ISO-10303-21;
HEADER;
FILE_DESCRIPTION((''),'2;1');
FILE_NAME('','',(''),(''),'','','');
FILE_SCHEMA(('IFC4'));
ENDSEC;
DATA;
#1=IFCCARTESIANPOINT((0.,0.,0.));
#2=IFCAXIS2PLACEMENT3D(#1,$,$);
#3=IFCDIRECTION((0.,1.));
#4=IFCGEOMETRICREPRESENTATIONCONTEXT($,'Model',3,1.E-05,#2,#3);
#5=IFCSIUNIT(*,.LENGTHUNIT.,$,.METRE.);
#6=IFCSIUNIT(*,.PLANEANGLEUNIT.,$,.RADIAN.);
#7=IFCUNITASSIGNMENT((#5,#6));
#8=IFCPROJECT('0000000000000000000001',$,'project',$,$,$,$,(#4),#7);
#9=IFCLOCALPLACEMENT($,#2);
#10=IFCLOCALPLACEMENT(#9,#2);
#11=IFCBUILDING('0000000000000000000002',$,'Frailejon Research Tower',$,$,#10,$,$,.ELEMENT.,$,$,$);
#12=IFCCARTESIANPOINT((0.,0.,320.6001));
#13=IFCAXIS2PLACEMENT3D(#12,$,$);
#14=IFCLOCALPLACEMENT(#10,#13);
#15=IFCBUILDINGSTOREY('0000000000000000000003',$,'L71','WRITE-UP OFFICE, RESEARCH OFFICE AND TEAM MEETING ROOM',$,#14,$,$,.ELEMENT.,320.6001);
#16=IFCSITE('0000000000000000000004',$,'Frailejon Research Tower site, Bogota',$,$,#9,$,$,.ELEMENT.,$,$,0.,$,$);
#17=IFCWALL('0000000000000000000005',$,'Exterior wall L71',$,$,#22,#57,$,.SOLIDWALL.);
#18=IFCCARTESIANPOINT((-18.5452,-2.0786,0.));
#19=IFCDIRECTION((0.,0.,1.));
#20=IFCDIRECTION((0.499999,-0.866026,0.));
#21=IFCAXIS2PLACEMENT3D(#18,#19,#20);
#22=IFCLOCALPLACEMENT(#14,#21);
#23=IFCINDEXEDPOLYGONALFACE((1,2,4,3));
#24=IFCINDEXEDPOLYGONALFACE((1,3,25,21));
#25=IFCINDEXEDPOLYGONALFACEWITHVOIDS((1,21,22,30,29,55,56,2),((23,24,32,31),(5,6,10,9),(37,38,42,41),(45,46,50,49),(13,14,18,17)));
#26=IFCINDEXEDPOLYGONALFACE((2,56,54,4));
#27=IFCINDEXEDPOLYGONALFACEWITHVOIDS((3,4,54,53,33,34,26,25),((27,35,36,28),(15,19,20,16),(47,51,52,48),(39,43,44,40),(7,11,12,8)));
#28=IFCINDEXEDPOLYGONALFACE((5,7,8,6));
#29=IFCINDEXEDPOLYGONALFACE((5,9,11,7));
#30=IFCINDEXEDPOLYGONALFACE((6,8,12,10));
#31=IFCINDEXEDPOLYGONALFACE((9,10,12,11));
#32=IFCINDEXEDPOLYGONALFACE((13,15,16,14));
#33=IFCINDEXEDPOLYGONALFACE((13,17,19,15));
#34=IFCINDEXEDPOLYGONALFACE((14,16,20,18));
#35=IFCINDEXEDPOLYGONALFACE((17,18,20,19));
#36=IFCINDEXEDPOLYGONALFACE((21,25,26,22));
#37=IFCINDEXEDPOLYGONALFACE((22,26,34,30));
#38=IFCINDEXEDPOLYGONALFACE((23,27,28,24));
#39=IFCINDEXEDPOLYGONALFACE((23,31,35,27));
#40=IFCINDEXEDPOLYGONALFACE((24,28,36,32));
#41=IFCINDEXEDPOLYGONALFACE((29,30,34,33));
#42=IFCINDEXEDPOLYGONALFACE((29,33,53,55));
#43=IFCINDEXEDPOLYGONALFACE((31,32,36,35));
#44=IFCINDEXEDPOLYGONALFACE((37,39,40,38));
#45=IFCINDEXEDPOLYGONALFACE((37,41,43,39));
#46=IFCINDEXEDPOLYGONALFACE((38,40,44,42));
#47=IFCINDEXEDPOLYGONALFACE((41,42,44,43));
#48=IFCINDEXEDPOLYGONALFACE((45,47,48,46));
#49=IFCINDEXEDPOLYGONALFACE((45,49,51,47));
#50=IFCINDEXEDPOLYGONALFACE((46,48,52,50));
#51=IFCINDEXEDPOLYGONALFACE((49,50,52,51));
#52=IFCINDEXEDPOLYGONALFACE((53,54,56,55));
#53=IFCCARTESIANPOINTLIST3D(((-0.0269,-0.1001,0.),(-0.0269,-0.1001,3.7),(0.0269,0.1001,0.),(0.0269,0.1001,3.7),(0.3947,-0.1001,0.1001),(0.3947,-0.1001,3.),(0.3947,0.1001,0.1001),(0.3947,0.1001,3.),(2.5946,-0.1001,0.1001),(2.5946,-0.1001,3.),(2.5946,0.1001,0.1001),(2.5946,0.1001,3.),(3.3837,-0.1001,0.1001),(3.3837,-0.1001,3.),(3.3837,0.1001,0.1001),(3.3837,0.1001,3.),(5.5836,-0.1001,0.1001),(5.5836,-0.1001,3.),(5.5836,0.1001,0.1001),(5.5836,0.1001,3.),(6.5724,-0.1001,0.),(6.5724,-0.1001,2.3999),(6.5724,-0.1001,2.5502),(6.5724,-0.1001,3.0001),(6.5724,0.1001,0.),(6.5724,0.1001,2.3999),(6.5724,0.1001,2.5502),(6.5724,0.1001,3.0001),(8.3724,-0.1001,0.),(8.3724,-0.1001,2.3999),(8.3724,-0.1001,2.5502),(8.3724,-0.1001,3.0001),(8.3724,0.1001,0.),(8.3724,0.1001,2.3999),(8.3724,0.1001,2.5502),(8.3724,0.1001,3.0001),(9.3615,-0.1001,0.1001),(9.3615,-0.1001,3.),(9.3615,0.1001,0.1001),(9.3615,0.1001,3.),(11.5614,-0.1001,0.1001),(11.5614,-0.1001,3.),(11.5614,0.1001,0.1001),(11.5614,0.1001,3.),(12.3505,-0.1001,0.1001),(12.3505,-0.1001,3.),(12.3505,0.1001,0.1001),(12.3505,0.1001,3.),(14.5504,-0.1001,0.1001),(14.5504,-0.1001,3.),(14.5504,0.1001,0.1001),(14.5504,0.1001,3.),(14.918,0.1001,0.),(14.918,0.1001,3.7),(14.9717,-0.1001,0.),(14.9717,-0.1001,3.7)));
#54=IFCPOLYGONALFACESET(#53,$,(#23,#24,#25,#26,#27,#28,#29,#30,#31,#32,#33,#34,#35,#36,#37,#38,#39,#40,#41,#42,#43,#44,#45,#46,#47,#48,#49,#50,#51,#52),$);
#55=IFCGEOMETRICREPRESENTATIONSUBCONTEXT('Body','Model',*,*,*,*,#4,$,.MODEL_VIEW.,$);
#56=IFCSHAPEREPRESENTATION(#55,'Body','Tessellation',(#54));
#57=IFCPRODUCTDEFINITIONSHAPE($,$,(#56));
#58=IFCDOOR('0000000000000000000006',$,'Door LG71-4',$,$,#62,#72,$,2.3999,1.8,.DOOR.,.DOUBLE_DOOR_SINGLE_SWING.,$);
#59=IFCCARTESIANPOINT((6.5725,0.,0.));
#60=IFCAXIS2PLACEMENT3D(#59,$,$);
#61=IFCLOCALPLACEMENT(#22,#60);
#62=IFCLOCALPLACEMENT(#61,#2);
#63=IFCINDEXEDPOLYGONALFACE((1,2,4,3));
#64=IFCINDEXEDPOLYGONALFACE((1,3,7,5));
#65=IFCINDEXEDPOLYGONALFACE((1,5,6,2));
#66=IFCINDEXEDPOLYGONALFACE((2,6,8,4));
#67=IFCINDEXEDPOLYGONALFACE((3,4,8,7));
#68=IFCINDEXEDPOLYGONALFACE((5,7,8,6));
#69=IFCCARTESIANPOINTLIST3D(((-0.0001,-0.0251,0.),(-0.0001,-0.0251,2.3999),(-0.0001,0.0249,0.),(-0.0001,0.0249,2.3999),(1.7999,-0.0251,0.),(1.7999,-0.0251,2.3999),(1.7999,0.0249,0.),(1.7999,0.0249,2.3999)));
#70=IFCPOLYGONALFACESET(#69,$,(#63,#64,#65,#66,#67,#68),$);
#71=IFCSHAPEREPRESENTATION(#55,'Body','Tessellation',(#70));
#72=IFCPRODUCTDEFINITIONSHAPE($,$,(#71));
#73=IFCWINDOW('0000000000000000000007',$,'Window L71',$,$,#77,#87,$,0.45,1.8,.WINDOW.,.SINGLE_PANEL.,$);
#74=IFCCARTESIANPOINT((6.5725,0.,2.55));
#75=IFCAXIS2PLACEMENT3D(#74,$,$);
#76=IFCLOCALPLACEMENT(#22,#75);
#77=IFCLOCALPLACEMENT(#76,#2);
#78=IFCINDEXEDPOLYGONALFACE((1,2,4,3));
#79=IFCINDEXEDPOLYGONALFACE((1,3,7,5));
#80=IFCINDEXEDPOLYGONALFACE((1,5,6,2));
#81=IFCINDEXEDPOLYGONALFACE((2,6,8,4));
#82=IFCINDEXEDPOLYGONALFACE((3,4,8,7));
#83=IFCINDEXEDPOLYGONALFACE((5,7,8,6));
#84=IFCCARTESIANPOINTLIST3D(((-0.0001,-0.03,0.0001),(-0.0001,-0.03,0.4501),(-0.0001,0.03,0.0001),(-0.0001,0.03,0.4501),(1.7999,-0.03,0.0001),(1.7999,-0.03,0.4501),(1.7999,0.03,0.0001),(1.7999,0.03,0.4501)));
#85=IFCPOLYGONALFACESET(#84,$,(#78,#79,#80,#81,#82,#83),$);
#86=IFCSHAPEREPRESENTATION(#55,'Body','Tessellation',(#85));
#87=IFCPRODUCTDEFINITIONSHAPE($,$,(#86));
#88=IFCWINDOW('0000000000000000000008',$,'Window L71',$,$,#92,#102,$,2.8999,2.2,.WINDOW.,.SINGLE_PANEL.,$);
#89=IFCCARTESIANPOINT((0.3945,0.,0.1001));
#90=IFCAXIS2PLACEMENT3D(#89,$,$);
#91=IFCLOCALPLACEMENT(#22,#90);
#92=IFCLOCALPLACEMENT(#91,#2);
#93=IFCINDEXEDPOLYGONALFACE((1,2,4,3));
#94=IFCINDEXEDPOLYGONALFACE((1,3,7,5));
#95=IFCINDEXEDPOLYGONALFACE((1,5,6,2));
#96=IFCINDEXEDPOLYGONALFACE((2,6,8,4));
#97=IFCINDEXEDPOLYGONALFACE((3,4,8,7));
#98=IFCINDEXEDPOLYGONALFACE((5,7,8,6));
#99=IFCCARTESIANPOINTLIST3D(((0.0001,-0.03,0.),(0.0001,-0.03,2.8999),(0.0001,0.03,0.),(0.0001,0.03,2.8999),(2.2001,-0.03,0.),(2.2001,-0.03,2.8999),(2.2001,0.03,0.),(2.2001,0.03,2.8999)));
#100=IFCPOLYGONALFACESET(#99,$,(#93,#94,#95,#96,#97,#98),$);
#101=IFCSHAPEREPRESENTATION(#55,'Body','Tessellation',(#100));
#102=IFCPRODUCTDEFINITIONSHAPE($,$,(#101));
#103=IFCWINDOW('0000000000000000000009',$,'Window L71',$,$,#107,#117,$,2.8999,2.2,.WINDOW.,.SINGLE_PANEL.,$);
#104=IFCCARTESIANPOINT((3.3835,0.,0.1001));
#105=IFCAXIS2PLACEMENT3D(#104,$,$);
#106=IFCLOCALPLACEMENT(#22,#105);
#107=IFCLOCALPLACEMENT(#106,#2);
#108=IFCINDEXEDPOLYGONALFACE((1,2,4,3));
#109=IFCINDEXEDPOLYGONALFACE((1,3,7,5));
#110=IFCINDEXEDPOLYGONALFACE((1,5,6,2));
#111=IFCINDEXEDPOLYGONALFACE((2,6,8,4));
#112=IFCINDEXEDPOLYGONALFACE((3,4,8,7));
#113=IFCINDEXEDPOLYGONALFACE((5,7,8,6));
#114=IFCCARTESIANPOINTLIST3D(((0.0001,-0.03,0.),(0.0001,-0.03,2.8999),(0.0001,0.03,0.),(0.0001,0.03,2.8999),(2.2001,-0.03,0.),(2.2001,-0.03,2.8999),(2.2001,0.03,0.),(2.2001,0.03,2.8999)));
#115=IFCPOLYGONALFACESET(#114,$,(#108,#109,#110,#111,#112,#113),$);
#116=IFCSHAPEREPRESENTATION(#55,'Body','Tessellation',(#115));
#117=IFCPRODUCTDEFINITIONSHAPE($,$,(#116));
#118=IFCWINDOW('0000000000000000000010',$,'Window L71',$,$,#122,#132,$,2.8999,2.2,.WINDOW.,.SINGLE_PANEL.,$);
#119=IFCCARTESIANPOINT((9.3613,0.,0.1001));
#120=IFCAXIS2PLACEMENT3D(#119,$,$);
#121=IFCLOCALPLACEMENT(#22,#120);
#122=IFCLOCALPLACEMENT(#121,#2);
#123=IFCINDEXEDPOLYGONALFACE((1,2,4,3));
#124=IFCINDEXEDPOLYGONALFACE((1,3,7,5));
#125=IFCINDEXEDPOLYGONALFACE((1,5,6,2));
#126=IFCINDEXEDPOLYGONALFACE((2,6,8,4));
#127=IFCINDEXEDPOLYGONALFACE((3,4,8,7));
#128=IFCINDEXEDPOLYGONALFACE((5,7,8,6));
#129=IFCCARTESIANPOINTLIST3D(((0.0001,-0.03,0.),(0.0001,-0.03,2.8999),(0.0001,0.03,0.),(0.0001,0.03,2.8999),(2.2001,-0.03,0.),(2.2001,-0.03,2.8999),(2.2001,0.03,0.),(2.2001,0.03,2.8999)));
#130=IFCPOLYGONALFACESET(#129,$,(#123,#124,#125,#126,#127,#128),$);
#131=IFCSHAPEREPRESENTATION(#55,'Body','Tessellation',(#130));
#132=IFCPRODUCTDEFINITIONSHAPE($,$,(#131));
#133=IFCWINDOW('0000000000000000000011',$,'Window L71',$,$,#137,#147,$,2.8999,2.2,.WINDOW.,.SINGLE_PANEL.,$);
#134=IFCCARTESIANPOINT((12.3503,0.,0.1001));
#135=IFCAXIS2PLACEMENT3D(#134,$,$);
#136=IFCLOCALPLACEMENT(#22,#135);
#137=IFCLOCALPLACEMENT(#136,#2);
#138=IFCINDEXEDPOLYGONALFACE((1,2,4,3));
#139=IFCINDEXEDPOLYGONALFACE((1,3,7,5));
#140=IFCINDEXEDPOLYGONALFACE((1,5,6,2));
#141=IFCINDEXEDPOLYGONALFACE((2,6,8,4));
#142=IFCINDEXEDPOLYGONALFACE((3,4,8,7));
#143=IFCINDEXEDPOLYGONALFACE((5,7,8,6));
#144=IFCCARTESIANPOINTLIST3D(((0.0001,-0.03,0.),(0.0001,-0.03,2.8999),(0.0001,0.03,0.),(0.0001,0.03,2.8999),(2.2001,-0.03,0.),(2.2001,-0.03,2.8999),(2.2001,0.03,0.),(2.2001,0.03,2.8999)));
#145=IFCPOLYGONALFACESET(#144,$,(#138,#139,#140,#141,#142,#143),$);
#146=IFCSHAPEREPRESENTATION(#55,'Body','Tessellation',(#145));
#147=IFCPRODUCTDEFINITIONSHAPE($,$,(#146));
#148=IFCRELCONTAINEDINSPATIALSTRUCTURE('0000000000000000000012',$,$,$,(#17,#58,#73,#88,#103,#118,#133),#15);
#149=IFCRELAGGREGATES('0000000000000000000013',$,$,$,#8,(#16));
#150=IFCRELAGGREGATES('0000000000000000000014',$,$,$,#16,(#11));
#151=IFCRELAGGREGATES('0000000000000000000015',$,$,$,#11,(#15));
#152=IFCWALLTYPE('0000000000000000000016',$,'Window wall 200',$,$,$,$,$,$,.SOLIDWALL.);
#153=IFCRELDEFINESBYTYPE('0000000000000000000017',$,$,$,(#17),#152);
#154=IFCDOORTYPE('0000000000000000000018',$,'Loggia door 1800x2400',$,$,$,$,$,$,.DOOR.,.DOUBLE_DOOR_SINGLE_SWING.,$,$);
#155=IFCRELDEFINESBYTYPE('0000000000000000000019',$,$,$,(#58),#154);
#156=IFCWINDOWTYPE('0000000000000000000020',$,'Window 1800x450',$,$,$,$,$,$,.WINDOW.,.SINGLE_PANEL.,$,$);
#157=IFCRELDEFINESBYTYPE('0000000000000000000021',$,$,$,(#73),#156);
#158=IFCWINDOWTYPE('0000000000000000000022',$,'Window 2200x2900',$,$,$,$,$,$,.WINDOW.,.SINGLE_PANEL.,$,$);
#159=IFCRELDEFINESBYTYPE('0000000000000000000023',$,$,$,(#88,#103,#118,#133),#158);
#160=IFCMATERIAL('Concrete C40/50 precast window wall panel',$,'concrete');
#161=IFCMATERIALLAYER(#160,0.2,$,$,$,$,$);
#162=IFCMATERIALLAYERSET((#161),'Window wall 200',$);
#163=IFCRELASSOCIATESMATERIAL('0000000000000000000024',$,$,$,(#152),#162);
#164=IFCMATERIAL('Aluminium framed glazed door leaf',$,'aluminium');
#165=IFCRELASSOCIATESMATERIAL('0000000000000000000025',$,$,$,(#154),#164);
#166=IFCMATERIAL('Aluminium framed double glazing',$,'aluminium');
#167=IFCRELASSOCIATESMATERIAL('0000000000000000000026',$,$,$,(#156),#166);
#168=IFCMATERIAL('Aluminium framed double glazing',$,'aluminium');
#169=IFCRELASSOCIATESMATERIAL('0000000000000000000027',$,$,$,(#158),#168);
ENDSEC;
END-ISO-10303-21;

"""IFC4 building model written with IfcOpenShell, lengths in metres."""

from ifc_helpers import new_model, si_unit, direction, frame, frame_2d, origin, place, context, subcontext, project, spatial, polyline, rectangle, outline, extrude, material, layer, layer_set, type_object, element, fill, save


model = new_model("IFC4")

# Units and contexts
model_context = context("Model", 3, precision=1e-05, world=origin(), true_north=direction((0.0, 1.0)))
body_context = subcontext(model_context, "Body", "Model", "MODEL_VIEW")
ifc_project = project(units=[si_unit("LENGTHUNIT", "METRE"), si_unit("PLANEANGLEUNIT", "RADIAN")], contexts=[model_context])

# Site, building, storey
site_placement = place(None, origin())
site = spatial("IfcSite", under=ifc_project, at=site_placement, Name="Frailejon Research Tower site, Bogota", CompositionType="ELEMENT", RefElevation=0.0)
building_placement = place(site_placement, origin())
building = spatial("IfcBuilding", under=site, at=building_placement, Name="Frailejon Research Tower", CompositionType="ELEMENT")
storey_placement = place(building_placement, frame((0.0, 0.0, 320.6001)))
storey = spatial("IfcBuildingStorey", under=building, at=storey_placement, Name="L71", Description="WRITE-UP OFFICE, RESEARCH OFFICE AND TEAM MEETING ROOM", CompositionType="ELEMENT", Elevation=320.6001)

# Wall, openings, door, windows
ifc_material_1 = material(Name="Concrete C40/50 precast window wall panel", Category="concrete")
ifc_layer_1 = layer(ifc_material_1, 0.2)
ifc_layer_set_1 = layer_set([ifc_layer_1], Name="Window wall 200")
wall_type = type_object("IfcWallType", Name="Window wall 200", PredefinedType="SOLIDWALL", material=ifc_layer_set_1)
wall_placement = place(storey_placement, frame((-18.5452, -2.0786, 0.0), z_axis=(0.0, 0.0, 1.0), x_axis=(0.499999, -0.866026, 0.0)))
wall = element("IfcWall", 1, at=wall_placement, inside=storey, type_object=wall_type, Name="Exterior wall L71", PredefinedType="SOLIDWALL", context=body_context, shape_type="SweptSolid", body=[
    extrude(outline(polyline([(-0.0269, -0.1001), (1.0444, -0.1001), (2.1157, -0.1001), (3.187, -0.1001), (4.2585, -0.1001), (5.3298, -0.1001), (6.4011, -0.1001), (7.4724, -0.1001), (8.5437, -0.1001), (9.615, -0.1001), (10.6863, -0.1001), (11.7578, -0.1001), (12.8291, -0.1001), (13.9004, -0.1001), (14.9717, -0.1001), (14.918, 0.1001), (13.8542, 0.1001), (12.7908, 0.1001), (11.7271, 0.1001), (10.6633, 0.1001), (9.5996, 0.1001), (8.5361, 0.1001), (7.4724, 0.1001), (6.4087, 0.1001), (5.3452, 0.1001), (4.2815, 0.1001), (3.2178, 0.1001), (2.1541, 0.1001), (1.0906, 0.1001), (0.0269, 0.1001), (-0.0269, -0.1001)])), origin(), (0.0, 0.0, 1.0), 3.7),
])
opening_1_placement = place(wall_placement, frame((0.3945, 0.0, 0.1001)))
opening_1 = element("IfcOpeningElement", 2, at=opening_1_placement, cuts=wall, PredefinedType="OPENING", context=body_context, shape_type="SweptSolid", body=[
    extrude(rectangle(XDim=2.2, YDim=2.8999, at=frame_2d((1.1001, 1.45))), frame((0.0, 0.1099, 0.0), z_axis=(0.0, -1.0, 0.0), x_axis=(1.0, 0.0, 0.0)), (0.0, 0.0, 1.0), 0.22),
])
opening_2_placement = place(wall_placement, frame((3.3835, 0.0, 0.1001)))
opening_2 = element("IfcOpeningElement", 3, at=opening_2_placement, cuts=wall, PredefinedType="OPENING", context=body_context, shape_type="SweptSolid", body=[
    extrude(rectangle(XDim=2.2, YDim=2.8999, at=frame_2d((1.1001, 1.45))), frame((0.0, 0.1099, 0.0), z_axis=(0.0, -1.0, 0.0), x_axis=(1.0, 0.0, 0.0)), (0.0, 0.0, 1.0), 0.22),
])
opening_3_placement = place(wall_placement, frame((6.5725, 0.0, 0.0)))
opening_3 = element("IfcOpeningElement", 4, at=opening_3_placement, cuts=wall, PredefinedType="OPENING", context=body_context, shape_type="SweptSolid", body=[
    extrude(rectangle(XDim=1.8, YDim=2.3999, at=frame_2d((0.8999, 1.2))), frame((0.0, 0.1099, 0.0), z_axis=(0.0, -1.0, 0.0), x_axis=(1.0, 0.0, 0.0)), (0.0, 0.0, 1.0), 0.22),
])
opening_4_placement = place(wall_placement, frame((6.5725, 0.0, 2.55)))
opening_4 = element("IfcOpeningElement", 5, at=opening_4_placement, cuts=wall, PredefinedType="OPENING", context=body_context, shape_type="SweptSolid", body=[
    extrude(rectangle(XDim=1.8, YDim=0.45, at=frame_2d((0.8999, 0.2251))), frame((0.0, 0.1099, 0.0), z_axis=(0.0, -1.0, 0.0), x_axis=(1.0, 0.0, 0.0)), (0.0, 0.0, 1.0), 0.22),
])
opening_5_placement = place(wall_placement, frame((9.3613, 0.0, 0.1001)))
opening_5 = element("IfcOpeningElement", 6, at=opening_5_placement, cuts=wall, PredefinedType="OPENING", context=body_context, shape_type="SweptSolid", body=[
    extrude(rectangle(XDim=2.2, YDim=2.8999, at=frame_2d((1.1001, 1.45))), frame((0.0, 0.1099, 0.0), z_axis=(0.0, -1.0, 0.0), x_axis=(1.0, 0.0, 0.0)), (0.0, 0.0, 1.0), 0.22),
])
opening_6_placement = place(wall_placement, frame((12.3503, 0.0, 0.1001)))
opening_6 = element("IfcOpeningElement", 7, at=opening_6_placement, cuts=wall, PredefinedType="OPENING", context=body_context, shape_type="SweptSolid", body=[
    extrude(rectangle(XDim=2.2, YDim=2.8999, at=frame_2d((1.1001, 1.45))), frame((0.0, 0.1099, 0.0), z_axis=(0.0, -1.0, 0.0), x_axis=(1.0, 0.0, 0.0)), (0.0, 0.0, 1.0), 0.22),
])
ifc_material_2 = material(Name="Aluminium framed glazed door leaf", Category="aluminium")
door_type = type_object("IfcDoorType", Name="Loggia door 1800x2400", OperationType="DOUBLE_DOOR_SINGLE_SWING", PredefinedType="DOOR", material=ifc_material_2)
door_placement = place(opening_3_placement, origin())
door = element("IfcDoor", 8, at=door_placement, inside=storey, type_object=door_type, Name="Door LG71-4", OperationType="DOUBLE_DOOR_SINGLE_SWING", OverallHeight=2.3999, OverallWidth=1.8, PredefinedType="DOOR", context=body_context, shape_type="SweptSolid", body=[
    extrude(rectangle(XDim=1.8, YDim=2.3999, at=frame_2d((0.8999, 1.2))), frame((0.0, 0.0249, 0.0), z_axis=(0.0, -1.0, 0.0), x_axis=(1.0, 0.0, 0.0)), (0.0, 0.0, 1.0), 0.05),
])
fill(opening_3, door)
ifc_material_3 = material(Name="Aluminium framed double glazing", Category="aluminium")
window_type_1 = type_object("IfcWindowType", Name="Window 1800x450", PartitioningType="SINGLE_PANEL", PredefinedType="WINDOW", material=ifc_material_3)
window_1_placement = place(opening_4_placement, origin())
window_1 = element("IfcWindow", 9, at=window_1_placement, inside=storey, type_object=window_type_1, Name="Window L71", OverallHeight=0.45, OverallWidth=1.8, PartitioningType="SINGLE_PANEL", PredefinedType="WINDOW", context=body_context, shape_type="SweptSolid", body=[
    extrude(rectangle(XDim=1.8, YDim=0.45, at=frame_2d((0.8999, 0.2251))), frame((0.0, 0.03, 0.0), z_axis=(0.0, -1.0, 0.0), x_axis=(1.0, 0.0, 0.0)), (0.0, 0.0, 1.0), 0.0601),
])
fill(opening_4, window_1)
ifc_material_4 = material(Name="Aluminium framed double glazing", Category="aluminium")
window_type_2 = type_object("IfcWindowType", Name="Window 2200x2900", PartitioningType="SINGLE_PANEL", PredefinedType="WINDOW", material=ifc_material_4)
window_2_placement = place(opening_1_placement, origin())
window_2 = element("IfcWindow", 10, at=window_2_placement, inside=storey, type_object=window_type_2, Name="Window L71", OverallHeight=2.8999, OverallWidth=2.2, PartitioningType="SINGLE_PANEL", PredefinedType="WINDOW", context=body_context, shape_type="SweptSolid", body=[
    extrude(rectangle(XDim=2.2, YDim=2.8999, at=frame_2d((1.1001, 1.45))), frame((0.0, 0.03, 0.0), z_axis=(0.0, -1.0, 0.0), x_axis=(1.0, 0.0, 0.0)), (0.0, 0.0, 1.0), 0.0601),
])
fill(opening_1, window_2)
window_3_placement = place(opening_2_placement, origin())
window_3 = element("IfcWindow", 11, at=window_3_placement, inside=storey, type_object=window_type_2, Name="Window L71", OverallHeight=2.8999, OverallWidth=2.2, PartitioningType="SINGLE_PANEL", PredefinedType="WINDOW", context=body_context, shape_type="SweptSolid", body=[
    extrude(rectangle(XDim=2.2, YDim=2.8999, at=frame_2d((1.1001, 1.45))), frame((0.0, 0.03, 0.0), z_axis=(0.0, -1.0, 0.0), x_axis=(1.0, 0.0, 0.0)), (0.0, 0.0, 1.0), 0.0601),
])
fill(opening_2, window_3)
window_4_placement = place(opening_5_placement, origin())
window_4 = element("IfcWindow", 12, at=window_4_placement, inside=storey, type_object=window_type_2, Name="Window L71", OverallHeight=2.8999, OverallWidth=2.2, PartitioningType="SINGLE_PANEL", PredefinedType="WINDOW", context=body_context, shape_type="SweptSolid", body=[
    extrude(rectangle(XDim=2.2, YDim=2.8999, at=frame_2d((1.1001, 1.45))), frame((0.0, 0.03, 0.0), z_axis=(0.0, -1.0, 0.0), x_axis=(1.0, 0.0, 0.0)), (0.0, 0.0, 1.0), 0.0601),
])
fill(opening_5, window_4)
window_5_placement = place(opening_6_placement, origin())
window_5 = element("IfcWindow", 13, at=window_5_placement, inside=storey, type_object=window_type_2, Name="Window L71", OverallHeight=2.8999, OverallWidth=2.2, PartitioningType="SINGLE_PANEL", PredefinedType="WINDOW", context=body_context, shape_type="SweptSolid", body=[
    extrude(rectangle(XDim=2.2, YDim=2.8999, at=frame_2d((1.1001, 1.45))), frame((0.0, 0.03, 0.0), z_axis=(0.0, -1.0, 0.0), x_axis=(1.0, 0.0, 0.0)), (0.0, 0.0, 1.0), 0.0601),
])
fill(opening_6, window_5)

save(model, "model.ifc")
